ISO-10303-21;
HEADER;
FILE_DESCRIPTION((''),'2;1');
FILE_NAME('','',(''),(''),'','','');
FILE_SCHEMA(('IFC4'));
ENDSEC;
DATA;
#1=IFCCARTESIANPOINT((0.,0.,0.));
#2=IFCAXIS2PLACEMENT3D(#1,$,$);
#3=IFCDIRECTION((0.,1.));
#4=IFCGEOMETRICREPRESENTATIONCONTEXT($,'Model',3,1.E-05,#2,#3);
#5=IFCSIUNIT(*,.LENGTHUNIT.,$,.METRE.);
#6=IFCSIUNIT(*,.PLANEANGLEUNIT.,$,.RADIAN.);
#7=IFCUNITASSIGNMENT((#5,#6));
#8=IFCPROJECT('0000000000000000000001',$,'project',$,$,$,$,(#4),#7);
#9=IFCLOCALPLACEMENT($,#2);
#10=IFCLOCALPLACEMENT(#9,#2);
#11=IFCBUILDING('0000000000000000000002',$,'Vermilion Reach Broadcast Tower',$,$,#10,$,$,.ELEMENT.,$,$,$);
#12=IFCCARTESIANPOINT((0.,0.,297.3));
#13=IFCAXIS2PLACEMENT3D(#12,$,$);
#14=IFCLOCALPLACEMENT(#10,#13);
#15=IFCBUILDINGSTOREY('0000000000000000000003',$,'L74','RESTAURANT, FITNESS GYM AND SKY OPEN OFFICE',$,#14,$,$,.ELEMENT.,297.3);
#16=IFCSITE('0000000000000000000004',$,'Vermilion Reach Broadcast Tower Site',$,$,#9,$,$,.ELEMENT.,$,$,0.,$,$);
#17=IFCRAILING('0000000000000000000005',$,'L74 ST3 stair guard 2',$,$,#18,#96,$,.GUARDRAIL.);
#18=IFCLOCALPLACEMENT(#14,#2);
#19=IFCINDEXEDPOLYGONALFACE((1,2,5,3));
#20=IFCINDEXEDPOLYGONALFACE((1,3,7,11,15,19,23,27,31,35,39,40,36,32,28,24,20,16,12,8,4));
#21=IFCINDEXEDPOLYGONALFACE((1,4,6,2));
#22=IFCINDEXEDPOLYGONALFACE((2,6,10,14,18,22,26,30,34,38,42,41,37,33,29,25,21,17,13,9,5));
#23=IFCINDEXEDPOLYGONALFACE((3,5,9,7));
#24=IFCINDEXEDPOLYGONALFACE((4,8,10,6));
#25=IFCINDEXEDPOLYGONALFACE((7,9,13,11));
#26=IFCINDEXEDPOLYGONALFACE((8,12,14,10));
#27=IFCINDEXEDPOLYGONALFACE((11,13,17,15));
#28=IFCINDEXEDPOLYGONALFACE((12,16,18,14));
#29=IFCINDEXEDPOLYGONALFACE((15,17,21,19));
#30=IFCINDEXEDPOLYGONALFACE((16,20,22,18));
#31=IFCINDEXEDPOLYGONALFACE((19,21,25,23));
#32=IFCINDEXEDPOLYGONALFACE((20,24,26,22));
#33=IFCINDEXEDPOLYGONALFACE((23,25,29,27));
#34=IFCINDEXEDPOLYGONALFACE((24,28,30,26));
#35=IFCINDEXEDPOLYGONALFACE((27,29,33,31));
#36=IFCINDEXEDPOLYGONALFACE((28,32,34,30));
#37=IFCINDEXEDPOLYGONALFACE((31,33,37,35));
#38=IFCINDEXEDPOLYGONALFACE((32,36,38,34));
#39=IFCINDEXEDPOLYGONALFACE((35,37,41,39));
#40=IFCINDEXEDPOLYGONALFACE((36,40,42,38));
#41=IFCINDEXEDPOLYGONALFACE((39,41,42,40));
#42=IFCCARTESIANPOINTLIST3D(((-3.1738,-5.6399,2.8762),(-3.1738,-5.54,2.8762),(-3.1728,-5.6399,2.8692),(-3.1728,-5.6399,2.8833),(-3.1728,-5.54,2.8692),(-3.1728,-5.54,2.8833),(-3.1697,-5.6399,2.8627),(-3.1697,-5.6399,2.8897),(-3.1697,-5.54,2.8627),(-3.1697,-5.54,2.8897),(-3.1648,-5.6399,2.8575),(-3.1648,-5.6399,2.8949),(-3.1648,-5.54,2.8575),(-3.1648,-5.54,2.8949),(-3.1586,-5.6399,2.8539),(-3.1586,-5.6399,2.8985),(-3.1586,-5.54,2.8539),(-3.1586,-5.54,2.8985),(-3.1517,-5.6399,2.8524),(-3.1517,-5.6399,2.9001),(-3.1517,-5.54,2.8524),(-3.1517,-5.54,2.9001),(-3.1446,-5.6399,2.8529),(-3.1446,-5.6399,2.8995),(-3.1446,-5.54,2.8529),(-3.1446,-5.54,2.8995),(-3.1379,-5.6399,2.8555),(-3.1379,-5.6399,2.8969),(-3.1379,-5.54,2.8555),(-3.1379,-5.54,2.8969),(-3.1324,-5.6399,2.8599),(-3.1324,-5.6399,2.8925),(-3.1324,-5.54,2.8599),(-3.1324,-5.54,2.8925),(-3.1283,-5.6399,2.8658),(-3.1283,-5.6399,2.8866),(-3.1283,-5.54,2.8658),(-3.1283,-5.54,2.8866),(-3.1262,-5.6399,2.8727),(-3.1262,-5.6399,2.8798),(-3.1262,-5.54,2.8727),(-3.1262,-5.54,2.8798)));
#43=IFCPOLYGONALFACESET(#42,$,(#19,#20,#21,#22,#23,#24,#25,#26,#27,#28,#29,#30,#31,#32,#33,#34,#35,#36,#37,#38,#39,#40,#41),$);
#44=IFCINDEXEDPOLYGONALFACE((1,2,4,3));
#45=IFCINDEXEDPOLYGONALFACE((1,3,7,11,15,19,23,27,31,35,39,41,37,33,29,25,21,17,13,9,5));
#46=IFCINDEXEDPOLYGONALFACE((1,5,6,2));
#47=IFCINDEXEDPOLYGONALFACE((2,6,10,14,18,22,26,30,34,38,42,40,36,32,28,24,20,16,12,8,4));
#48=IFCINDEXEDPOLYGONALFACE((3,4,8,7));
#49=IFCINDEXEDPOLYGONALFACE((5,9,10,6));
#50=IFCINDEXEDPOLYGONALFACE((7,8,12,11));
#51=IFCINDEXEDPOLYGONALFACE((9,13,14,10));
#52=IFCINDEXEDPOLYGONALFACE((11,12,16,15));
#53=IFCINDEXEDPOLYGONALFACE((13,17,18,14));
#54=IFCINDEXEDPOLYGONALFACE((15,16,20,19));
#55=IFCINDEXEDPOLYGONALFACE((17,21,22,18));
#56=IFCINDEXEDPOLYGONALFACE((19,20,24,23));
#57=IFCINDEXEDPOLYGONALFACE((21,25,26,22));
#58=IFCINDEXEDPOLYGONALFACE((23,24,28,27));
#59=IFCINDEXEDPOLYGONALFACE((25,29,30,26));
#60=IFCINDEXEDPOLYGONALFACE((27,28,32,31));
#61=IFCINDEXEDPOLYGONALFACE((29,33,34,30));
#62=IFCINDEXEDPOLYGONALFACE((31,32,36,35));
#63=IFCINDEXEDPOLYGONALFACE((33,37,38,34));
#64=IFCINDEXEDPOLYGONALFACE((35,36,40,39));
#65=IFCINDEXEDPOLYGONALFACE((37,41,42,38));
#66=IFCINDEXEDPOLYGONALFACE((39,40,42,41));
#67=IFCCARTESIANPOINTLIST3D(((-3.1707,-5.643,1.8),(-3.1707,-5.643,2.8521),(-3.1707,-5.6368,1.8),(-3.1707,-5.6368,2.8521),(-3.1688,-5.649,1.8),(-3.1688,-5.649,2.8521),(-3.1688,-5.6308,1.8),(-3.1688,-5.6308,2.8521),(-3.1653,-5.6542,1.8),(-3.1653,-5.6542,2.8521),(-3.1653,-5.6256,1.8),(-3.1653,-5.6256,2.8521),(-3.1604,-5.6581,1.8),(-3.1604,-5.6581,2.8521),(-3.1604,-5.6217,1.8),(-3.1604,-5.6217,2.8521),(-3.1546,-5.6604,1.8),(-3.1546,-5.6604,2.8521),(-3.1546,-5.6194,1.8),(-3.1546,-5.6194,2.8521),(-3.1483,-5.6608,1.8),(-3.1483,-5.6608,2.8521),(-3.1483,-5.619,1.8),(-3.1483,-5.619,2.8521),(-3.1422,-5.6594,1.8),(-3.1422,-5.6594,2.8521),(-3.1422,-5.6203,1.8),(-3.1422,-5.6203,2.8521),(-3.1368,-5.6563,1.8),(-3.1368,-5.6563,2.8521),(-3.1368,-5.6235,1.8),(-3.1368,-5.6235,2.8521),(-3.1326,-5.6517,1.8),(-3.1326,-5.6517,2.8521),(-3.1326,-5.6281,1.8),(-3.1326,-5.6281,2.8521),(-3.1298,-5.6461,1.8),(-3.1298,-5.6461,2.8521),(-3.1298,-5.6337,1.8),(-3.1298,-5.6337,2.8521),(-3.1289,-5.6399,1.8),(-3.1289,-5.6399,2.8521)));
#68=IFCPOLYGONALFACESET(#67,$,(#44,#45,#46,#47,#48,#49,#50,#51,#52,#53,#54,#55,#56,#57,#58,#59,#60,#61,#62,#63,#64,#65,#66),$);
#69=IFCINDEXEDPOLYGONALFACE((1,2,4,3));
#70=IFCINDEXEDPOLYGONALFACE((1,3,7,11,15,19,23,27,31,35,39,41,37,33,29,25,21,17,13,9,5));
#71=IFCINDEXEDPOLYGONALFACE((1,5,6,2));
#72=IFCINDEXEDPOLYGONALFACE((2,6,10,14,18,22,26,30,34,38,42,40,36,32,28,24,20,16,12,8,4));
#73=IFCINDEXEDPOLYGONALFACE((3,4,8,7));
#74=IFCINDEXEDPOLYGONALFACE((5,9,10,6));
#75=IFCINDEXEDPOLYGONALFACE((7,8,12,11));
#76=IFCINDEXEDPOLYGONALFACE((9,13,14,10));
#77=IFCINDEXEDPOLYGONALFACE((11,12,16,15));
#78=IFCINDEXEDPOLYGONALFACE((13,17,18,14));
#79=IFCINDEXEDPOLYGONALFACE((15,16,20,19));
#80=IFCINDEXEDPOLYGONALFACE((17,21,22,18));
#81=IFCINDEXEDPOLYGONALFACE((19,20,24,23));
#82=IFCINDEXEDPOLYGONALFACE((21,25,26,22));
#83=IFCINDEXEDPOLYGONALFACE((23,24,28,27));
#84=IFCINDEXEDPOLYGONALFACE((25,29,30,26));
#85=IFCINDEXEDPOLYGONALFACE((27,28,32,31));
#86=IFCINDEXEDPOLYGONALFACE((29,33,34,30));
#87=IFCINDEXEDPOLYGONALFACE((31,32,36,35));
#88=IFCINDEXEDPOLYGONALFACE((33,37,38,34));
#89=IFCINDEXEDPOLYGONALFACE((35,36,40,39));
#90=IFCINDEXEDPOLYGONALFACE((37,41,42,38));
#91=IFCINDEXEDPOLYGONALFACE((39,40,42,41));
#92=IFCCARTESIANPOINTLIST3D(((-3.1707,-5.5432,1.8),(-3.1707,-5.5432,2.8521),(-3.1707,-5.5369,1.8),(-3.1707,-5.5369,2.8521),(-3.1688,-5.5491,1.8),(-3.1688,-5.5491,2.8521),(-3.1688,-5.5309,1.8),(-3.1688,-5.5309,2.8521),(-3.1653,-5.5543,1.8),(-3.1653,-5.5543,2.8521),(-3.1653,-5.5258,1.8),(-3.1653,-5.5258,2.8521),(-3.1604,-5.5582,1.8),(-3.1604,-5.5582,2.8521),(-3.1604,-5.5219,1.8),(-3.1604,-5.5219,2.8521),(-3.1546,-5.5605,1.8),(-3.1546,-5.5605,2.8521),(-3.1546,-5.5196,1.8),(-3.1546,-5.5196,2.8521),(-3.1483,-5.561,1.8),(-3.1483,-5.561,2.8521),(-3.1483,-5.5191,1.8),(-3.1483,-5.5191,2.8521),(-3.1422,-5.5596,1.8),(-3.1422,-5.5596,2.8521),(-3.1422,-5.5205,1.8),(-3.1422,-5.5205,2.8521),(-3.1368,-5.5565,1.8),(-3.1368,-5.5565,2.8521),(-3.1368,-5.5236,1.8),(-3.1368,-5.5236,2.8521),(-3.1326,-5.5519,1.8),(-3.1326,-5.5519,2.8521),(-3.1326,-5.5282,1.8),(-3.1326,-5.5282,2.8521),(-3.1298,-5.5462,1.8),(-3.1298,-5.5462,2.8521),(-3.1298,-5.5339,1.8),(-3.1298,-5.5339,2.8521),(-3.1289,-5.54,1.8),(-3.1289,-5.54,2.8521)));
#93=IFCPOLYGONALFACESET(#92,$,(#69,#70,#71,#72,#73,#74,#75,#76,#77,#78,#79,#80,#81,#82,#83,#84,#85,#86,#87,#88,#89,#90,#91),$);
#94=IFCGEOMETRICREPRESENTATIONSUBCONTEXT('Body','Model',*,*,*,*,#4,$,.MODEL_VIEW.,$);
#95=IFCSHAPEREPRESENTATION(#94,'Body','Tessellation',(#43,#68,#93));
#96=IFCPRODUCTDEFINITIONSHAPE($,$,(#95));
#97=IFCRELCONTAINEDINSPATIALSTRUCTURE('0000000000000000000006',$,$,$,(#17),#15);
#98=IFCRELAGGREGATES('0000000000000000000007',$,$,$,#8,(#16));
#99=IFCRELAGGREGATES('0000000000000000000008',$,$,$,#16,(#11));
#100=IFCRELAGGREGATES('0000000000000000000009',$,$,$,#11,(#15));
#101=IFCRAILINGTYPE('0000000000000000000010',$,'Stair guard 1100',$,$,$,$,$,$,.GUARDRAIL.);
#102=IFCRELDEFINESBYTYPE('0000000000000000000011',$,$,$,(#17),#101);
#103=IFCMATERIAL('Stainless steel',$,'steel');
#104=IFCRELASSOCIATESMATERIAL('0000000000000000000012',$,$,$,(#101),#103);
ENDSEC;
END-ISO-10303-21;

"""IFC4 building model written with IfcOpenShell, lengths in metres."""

from ifc_helpers import new_model, si_unit, direction, frame, origin, origin_2d, place, context, subcontext, project, spatial, circle, extrude, material, type_object, element, save


model = new_model("IFC4")

# Units and contexts
model_context = context("Model", 3, precision=1e-05, world=origin(), true_north=direction((0.0, 1.0)))
body_context = subcontext(model_context, "Body", "Model", "MODEL_VIEW")
ifc_project = project(units=[si_unit("LENGTHUNIT", "METRE"), si_unit("PLANEANGLEUNIT", "RADIAN")], contexts=[model_context])

# Site, building, storey
site_placement = place(None, origin())
site = spatial("IfcSite", under=ifc_project, at=site_placement, Name="Vermilion Reach Broadcast Tower Site", CompositionType="ELEMENT", RefElevation=0.0)
building_placement = place(site_placement, origin())
building = spatial("IfcBuilding", under=site, at=building_placement, Name="Vermilion Reach Broadcast Tower", CompositionType="ELEMENT")
storey_placement = place(building_placement, frame((0.0, 0.0, 297.3)))
storey = spatial("IfcBuildingStorey", under=building, at=storey_placement, Name="L74", Description="RESTAURANT, FITNESS GYM AND SKY OPEN OFFICE", CompositionType="ELEMENT", Elevation=297.3)

# Railing
ifc_material_1 = material(Name="Stainless steel", Category="steel")
railing_type_1 = type_object("IfcRailingType", Name="Stair guard 1100", PredefinedType="GUARDRAIL", material=ifc_material_1)
railing_1_placement = place(storey_placement, frame((-3.1499, -5.6399, 1.8)))
element("IfcRailing", 1, at=railing_1_placement, inside=storey, type_object=railing_type_1, Name="L74 ST3 stair guard 2", PredefinedType="GUARDRAIL", context=body_context, shape_type="SweptSolid", body=[
    extrude(circle(Radius=0.0239, at=origin_2d()), frame((0.0, 0.0, 1.0762), z_axis=(0.0, 1.0, 0.0), x_axis=(-1.0, 0.0, 0.0)), (0.0, 0.0, 1.0), 0.0999),
    extrude(circle(Radius=0.021, at=origin_2d()), origin(), (0.0, 0.0, 1.0), 1.052),
    extrude(circle(Radius=0.021, at=origin_2d()), frame((0.0, 0.0999, 0.0)), (0.0, 0.0, 1.0), 1.052),
])

save(model, "model.ifc")
